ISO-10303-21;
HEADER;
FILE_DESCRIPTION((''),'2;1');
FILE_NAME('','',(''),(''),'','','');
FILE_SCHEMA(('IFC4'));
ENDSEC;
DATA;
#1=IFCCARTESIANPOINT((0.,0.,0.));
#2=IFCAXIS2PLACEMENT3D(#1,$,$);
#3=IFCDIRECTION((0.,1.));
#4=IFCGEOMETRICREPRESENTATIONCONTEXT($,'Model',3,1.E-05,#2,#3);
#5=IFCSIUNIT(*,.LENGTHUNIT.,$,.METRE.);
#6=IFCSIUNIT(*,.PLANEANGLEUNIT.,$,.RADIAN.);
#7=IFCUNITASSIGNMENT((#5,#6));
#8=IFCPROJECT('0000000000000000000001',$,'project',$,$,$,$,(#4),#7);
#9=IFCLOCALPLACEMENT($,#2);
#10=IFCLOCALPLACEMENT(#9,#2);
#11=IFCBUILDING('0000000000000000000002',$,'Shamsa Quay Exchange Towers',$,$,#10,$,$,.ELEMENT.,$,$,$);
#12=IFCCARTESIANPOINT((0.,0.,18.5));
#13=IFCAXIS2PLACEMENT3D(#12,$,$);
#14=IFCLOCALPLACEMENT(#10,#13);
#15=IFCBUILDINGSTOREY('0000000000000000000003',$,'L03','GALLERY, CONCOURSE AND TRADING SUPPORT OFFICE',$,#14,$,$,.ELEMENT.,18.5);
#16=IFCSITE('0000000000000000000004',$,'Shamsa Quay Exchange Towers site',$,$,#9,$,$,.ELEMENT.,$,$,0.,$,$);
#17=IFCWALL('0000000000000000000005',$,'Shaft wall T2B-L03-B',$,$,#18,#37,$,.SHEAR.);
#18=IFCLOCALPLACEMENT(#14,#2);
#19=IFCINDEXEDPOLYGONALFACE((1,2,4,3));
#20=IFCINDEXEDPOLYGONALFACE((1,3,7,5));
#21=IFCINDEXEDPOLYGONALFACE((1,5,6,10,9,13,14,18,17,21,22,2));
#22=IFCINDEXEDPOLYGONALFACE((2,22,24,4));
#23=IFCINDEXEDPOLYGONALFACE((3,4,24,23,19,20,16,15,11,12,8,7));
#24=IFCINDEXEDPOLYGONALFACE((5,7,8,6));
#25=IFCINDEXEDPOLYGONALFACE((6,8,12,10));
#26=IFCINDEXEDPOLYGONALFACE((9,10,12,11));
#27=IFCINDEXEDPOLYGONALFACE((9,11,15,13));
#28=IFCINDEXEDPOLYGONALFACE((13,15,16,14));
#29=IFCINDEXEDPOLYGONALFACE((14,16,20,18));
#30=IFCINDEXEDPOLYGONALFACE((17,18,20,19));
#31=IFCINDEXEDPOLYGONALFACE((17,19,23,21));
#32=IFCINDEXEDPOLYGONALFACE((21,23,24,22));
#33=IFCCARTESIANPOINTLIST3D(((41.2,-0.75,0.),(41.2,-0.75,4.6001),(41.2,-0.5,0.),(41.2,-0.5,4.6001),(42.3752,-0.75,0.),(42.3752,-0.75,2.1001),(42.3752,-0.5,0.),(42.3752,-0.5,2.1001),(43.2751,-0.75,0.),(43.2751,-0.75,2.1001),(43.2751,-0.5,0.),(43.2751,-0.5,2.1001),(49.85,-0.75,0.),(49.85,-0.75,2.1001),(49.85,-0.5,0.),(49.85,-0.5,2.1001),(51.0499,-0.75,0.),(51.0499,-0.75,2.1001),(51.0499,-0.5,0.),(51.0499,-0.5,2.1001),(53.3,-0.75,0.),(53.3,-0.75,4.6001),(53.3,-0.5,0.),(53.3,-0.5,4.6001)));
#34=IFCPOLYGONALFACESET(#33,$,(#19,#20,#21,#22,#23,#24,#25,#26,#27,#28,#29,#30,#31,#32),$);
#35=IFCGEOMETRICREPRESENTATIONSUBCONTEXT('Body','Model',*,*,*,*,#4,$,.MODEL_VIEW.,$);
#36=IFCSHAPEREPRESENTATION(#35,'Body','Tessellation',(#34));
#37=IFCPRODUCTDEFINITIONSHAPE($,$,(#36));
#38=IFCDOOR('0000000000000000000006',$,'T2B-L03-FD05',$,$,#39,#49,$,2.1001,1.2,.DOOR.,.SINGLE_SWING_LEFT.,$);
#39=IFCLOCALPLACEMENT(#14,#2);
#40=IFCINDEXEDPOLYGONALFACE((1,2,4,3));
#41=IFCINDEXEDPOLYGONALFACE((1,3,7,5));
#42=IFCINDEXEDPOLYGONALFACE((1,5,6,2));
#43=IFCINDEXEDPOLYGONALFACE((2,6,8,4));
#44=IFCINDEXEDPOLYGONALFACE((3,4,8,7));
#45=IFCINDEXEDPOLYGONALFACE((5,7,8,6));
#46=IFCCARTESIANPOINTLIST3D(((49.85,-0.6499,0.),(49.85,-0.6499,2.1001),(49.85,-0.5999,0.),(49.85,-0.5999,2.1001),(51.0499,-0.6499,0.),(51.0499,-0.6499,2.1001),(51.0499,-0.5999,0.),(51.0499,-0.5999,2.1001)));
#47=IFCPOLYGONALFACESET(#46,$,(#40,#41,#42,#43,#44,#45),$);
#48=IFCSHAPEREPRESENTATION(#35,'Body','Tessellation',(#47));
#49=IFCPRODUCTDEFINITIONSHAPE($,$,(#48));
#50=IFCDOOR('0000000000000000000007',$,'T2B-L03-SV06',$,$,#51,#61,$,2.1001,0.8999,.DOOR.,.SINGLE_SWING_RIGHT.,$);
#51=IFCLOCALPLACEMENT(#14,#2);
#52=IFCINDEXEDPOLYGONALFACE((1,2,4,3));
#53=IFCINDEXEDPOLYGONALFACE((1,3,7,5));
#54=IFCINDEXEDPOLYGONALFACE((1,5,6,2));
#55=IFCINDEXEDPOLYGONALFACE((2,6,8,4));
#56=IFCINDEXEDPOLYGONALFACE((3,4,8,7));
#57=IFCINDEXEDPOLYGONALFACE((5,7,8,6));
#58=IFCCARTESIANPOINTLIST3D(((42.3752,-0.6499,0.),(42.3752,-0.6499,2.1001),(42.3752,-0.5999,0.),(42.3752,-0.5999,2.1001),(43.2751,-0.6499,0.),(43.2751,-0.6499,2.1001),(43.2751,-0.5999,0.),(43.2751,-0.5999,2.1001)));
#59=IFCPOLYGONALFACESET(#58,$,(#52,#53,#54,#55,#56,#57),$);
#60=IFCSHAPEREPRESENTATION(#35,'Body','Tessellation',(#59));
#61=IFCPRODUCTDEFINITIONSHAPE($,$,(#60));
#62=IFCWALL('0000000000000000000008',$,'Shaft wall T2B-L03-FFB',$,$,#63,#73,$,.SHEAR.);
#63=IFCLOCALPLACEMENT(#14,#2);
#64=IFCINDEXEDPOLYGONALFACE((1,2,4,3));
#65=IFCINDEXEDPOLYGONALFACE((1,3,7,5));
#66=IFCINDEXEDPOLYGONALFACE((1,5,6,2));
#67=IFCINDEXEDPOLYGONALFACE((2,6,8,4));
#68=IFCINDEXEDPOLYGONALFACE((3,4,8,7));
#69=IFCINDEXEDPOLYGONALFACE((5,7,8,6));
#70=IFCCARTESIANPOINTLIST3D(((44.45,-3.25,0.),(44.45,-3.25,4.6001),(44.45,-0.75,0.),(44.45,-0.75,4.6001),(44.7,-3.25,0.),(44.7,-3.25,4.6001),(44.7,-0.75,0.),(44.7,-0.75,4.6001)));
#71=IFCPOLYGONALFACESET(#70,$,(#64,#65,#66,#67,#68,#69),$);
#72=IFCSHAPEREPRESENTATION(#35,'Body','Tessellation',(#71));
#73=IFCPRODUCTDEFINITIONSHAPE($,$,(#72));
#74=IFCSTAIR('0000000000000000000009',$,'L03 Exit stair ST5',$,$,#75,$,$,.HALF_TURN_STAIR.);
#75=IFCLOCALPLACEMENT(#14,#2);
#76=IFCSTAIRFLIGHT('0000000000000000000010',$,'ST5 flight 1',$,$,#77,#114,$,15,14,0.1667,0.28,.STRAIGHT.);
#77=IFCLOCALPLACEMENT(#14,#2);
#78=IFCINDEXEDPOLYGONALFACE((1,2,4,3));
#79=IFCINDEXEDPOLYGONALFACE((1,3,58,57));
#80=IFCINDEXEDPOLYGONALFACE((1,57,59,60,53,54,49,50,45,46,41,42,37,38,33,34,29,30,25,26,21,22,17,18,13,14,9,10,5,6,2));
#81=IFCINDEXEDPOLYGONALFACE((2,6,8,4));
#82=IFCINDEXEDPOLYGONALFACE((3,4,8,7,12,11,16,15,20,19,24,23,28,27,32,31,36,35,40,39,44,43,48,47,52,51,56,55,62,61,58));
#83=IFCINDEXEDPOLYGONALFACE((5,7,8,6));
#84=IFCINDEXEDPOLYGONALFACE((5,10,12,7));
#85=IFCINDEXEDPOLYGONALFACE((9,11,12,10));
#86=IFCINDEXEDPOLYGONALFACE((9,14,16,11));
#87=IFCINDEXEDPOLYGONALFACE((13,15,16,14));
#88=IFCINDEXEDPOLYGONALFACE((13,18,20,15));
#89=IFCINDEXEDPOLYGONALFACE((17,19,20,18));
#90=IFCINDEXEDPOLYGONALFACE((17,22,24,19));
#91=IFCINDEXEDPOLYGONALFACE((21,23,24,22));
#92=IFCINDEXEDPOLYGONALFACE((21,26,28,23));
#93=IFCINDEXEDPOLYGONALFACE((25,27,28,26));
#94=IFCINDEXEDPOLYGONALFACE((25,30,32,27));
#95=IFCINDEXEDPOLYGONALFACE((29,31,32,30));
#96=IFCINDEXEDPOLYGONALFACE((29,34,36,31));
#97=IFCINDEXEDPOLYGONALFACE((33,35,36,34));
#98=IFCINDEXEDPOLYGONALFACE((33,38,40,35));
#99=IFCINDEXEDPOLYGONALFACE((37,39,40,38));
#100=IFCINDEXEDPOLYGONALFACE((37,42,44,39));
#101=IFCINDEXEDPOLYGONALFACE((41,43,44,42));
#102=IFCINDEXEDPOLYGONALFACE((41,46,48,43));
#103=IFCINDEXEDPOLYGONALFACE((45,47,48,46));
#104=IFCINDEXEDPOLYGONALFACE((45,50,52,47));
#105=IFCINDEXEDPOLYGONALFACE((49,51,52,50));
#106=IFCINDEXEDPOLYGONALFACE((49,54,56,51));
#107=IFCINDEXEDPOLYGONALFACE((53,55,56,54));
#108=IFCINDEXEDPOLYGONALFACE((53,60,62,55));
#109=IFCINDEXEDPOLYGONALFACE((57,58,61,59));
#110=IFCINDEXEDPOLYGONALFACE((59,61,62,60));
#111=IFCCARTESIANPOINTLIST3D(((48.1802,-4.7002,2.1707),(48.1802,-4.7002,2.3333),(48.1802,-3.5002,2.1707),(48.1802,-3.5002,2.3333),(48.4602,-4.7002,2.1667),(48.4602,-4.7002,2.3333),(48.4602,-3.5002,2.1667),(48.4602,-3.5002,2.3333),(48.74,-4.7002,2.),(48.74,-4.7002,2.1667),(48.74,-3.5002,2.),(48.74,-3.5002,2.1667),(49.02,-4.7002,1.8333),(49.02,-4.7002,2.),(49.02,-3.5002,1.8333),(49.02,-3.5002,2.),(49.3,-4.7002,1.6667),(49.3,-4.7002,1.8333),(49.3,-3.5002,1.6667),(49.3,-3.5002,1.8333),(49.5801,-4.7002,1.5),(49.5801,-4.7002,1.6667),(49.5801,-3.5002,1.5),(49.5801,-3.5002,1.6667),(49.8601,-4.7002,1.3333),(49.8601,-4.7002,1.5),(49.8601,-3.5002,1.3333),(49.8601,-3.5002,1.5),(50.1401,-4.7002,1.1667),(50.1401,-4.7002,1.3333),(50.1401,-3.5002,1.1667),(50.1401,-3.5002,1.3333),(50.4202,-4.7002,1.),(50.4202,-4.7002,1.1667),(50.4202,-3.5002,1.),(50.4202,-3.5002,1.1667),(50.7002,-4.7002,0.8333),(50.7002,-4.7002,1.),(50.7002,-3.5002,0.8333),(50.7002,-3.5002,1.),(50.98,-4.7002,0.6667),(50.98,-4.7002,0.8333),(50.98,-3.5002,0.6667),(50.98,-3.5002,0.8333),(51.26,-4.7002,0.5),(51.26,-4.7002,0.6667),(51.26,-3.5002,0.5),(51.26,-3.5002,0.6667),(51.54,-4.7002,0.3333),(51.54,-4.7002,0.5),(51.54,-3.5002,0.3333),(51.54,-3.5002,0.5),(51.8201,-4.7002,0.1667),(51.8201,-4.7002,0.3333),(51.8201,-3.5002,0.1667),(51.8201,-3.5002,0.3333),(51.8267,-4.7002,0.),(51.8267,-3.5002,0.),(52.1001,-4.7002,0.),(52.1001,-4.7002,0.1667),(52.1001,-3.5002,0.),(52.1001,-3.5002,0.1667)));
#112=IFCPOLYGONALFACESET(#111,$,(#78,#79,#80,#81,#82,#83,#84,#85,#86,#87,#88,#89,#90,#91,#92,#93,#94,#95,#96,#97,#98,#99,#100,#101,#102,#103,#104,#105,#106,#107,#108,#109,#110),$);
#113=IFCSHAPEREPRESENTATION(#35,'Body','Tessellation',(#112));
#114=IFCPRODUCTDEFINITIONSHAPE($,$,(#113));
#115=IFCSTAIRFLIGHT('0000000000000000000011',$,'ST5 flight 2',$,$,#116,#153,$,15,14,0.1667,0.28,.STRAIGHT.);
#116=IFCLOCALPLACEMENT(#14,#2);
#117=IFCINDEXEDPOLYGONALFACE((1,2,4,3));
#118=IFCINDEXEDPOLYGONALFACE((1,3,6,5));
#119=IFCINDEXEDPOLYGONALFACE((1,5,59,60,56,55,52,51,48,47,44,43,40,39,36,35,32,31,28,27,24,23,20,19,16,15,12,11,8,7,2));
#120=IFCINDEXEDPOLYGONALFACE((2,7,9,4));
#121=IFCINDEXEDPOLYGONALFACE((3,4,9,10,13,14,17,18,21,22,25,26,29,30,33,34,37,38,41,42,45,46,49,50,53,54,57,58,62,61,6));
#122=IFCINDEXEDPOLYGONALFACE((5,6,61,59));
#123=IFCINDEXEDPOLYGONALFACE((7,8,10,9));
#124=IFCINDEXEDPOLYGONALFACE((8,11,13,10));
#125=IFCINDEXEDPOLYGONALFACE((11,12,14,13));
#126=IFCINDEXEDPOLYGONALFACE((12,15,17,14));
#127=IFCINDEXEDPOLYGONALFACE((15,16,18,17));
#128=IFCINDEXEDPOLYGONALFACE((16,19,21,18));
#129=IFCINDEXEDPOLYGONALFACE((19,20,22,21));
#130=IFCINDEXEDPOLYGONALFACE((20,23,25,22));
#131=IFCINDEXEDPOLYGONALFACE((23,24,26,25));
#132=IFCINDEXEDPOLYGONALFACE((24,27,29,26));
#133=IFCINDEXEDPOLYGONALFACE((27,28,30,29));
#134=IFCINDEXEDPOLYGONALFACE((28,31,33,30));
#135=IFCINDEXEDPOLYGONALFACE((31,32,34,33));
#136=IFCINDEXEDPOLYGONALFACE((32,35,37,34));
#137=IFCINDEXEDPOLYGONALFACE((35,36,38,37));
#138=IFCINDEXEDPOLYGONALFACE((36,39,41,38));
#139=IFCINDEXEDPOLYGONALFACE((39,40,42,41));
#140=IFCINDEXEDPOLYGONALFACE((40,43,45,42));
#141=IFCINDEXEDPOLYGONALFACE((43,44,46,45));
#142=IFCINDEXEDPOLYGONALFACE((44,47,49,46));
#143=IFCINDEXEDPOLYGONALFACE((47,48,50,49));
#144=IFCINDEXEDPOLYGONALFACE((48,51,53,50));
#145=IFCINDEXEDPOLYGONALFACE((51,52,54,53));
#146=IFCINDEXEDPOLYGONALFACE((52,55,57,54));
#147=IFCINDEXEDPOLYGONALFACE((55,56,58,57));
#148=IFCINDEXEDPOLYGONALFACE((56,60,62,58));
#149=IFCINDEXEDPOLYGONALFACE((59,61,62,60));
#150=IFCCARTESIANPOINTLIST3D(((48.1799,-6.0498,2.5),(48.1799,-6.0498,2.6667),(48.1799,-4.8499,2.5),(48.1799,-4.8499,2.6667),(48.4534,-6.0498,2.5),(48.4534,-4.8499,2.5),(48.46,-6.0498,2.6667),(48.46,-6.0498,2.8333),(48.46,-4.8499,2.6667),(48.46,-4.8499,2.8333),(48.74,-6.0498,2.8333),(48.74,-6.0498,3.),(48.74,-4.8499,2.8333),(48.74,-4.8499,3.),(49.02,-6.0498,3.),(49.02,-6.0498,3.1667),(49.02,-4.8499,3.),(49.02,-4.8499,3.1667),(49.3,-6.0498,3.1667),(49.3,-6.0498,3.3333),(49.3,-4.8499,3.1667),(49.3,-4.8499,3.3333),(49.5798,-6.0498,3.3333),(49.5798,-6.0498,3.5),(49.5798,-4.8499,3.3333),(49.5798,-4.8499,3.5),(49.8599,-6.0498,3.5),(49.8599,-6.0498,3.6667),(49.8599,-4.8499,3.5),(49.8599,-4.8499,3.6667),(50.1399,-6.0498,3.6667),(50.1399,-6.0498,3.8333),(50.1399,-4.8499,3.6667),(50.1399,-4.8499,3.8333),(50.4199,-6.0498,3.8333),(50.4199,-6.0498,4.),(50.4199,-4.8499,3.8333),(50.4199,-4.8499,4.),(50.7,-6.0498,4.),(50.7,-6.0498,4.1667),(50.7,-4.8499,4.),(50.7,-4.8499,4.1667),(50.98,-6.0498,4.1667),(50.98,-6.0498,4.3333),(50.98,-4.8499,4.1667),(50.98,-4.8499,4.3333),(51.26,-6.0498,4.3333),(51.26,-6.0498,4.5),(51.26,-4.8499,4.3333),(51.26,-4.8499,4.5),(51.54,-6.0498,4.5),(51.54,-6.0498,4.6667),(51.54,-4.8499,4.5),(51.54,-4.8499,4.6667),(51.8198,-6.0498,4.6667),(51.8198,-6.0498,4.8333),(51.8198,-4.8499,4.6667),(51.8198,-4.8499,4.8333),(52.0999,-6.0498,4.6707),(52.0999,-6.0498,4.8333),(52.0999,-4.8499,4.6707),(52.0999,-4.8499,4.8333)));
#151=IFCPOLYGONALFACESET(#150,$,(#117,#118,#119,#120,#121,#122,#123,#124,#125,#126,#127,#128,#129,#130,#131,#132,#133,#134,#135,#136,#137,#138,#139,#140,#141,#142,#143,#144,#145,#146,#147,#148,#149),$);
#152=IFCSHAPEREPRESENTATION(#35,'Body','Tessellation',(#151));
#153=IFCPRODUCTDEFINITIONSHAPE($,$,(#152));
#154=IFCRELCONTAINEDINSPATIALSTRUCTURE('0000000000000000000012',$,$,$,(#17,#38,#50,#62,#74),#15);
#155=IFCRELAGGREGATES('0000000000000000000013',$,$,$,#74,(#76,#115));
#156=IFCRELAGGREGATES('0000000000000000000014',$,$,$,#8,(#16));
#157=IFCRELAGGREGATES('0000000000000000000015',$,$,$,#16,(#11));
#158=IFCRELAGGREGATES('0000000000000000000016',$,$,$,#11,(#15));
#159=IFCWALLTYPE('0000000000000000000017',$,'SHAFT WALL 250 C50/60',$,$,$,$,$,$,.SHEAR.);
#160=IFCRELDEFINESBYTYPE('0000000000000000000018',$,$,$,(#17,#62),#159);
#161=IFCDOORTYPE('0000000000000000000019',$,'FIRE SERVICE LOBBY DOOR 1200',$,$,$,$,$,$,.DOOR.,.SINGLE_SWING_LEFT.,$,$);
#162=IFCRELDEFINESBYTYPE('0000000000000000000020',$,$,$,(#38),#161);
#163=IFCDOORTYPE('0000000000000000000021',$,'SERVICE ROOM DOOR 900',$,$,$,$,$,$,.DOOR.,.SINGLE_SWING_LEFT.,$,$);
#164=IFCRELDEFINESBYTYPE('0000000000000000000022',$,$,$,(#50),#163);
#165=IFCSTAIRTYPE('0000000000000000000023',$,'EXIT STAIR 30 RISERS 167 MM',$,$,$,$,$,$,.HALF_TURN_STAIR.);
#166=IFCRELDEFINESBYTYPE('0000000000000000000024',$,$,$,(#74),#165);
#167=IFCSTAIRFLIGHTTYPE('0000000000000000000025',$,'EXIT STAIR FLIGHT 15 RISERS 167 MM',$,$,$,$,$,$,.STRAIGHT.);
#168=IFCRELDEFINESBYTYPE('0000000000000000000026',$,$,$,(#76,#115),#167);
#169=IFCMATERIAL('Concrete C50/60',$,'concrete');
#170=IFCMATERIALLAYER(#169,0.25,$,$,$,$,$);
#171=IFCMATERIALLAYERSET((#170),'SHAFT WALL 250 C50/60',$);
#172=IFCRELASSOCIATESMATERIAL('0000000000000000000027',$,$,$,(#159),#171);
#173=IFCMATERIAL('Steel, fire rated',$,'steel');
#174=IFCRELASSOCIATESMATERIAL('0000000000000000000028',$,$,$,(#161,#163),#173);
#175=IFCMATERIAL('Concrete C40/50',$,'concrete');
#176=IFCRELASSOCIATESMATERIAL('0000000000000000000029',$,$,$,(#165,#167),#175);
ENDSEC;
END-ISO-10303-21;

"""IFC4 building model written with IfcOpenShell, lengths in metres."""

from ifc_helpers import new_model, si_unit, direction, frame, frame_2d, origin, place, context, subcontext, project, spatial, polyline, rectangle, outline, extrude, material, layer, layer_set, type_object, element, fill, aggregate, save


model = new_model("IFC4")

# Units and contexts
model_context = context("Model", 3, precision=1e-05, world=origin(), true_north=direction((0.0, 1.0)))
body_context = subcontext(model_context, "Body", "Model", "MODEL_VIEW")
ifc_project = project(units=[si_unit("LENGTHUNIT", "METRE"), si_unit("PLANEANGLEUNIT", "RADIAN")], contexts=[model_context])

# Site, building, storey
site_placement = place(None, origin())
site = spatial("IfcSite", under=ifc_project, at=site_placement, Name="Shamsa Quay Exchange Towers site", CompositionType="ELEMENT", RefElevation=0.0)
building_placement = place(site_placement, origin())
building = spatial("IfcBuilding", under=site, at=building_placement, Name="Shamsa Quay Exchange Towers", CompositionType="ELEMENT")
storey_placement = place(building_placement, frame((0.0, 0.0, 18.5)))
storey = spatial("IfcBuildingStorey", under=building, at=storey_placement, Name="L03", Description="GALLERY, CONCOURSE AND TRADING SUPPORT OFFICE", CompositionType="ELEMENT", Elevation=18.5)

# Shared definitions
ifc_material_1 = material(Name="Steel, fire rated", Category="steel")

# Shared definitions
ifc_material_2 = material(Name="Concrete C50/60", Category="concrete")
ifc_layer_1 = layer(ifc_material_2, 0.25)
ifc_layer_set_1 = layer_set([ifc_layer_1], Name="SHAFT WALL 250 C50/60")
wall_type_1 = type_object("IfcWallType", Name="SHAFT WALL 250 C50/60", PredefinedType="SHEAR", material=ifc_layer_set_1)

# Wall, openings, doors
wall_1_placement = place(storey_placement, frame((53.3, -0.625, 0.0), z_axis=(0.0, 0.0, 1.0), x_axis=(-1.0, 0.0, 0.0)))
wall_1 = element("IfcWall", 1, at=wall_1_placement, inside=storey, type_object=wall_type_1, Name="Shaft wall T2B-L03-B", PredefinedType="SHEAR", context=body_context, shape_type="SweptSolid", body=[
    extrude(rectangle(XDim=12.1001, YDim=0.25, at=frame_2d((6.05, 0.0))), origin(), (0.0, 0.0, 1.0), 4.6001),
])
opening_1_placement = place(wall_1_placement, frame((2.25, 0.0, 0.0)))
opening_1 = element("IfcOpeningElement", 2, at=opening_1_placement, cuts=wall_1, PredefinedType="OPENING", context=body_context, shape_type="SweptSolid", body=[
    extrude(rectangle(XDim=1.2, YDim=2.1001, at=frame_2d((0.6001, 1.05))), frame((0.0, 0.135, 0.0), z_axis=(0.0, -1.0, 0.0), x_axis=(1.0, 0.0, 0.0)), (0.0, 0.0, 1.0), 0.27),
])
opening_2_placement = place(wall_1_placement, frame((10.0249, 0.0, 0.0)))
opening_2 = element("IfcOpeningElement", 3, at=opening_2_placement, cuts=wall_1, PredefinedType="OPENING", context=body_context, shape_type="SweptSolid", body=[
    extrude(rectangle(XDim=0.8999, YDim=2.1001, at=frame_2d((0.45, 1.05))), frame((0.0, 0.135, 0.0), z_axis=(0.0, -1.0, 0.0), x_axis=(1.0, 0.0, 0.0)), (0.0, 0.0, 1.0), 0.27),
])
door_type_1 = type_object("IfcDoorType", Name="FIRE SERVICE LOBBY DOOR 1200", OperationType="SINGLE_SWING_LEFT", PredefinedType="DOOR", material=ifc_material_1)
door_1_placement = place(opening_1_placement, origin())
door_1 = element("IfcDoor", 4, at=door_1_placement, inside=storey, type_object=door_type_1, Name="T2B-L03-FD05", OperationType="SINGLE_SWING_LEFT", OverallHeight=2.1001, OverallWidth=1.2, PredefinedType="DOOR", context=body_context, shape_type="SweptSolid", body=[
    extrude(rectangle(XDim=1.2, YDim=2.1001, at=frame_2d((0.6001, 1.05))), frame((0.0, 0.0249, 0.0), z_axis=(0.0, -1.0, 0.0), x_axis=(1.0, 0.0, 0.0)), (0.0, 0.0, 1.0), 0.05),
])
fill(opening_1, door_1)
door_type_2 = type_object("IfcDoorType", Name="SERVICE ROOM DOOR 900", OperationType="SINGLE_SWING_LEFT", PredefinedType="DOOR", material=ifc_material_1)
door_2_placement = place(opening_2_placement, origin())
door_2 = element("IfcDoor", 5, at=door_2_placement, inside=storey, type_object=door_type_2, Name="T2B-L03-SV06", OperationType="SINGLE_SWING_RIGHT", OverallHeight=2.1001, OverallWidth=0.8999, PredefinedType="DOOR", context=body_context, shape_type="SweptSolid", body=[
    extrude(rectangle(XDim=0.8999, YDim=2.1001, at=frame_2d((0.45, 1.05))), frame((0.0, 0.0249, 0.0), z_axis=(0.0, -1.0, 0.0), x_axis=(1.0, 0.0, 0.0)), (0.0, 0.0, 1.0), 0.05),
])
fill(opening_2, door_2)

# Wall
wall_2_placement = place(storey_placement, frame((44.575, -3.25, 0.0), z_axis=(0.0, 0.0, 1.0), x_axis=(0.0, 1.0, 0.0)))
element("IfcWall", 6, at=wall_2_placement, inside=storey, type_object=wall_type_1, Name="Shaft wall T2B-L03-FFB", PredefinedType="SHEAR", context=body_context, shape_type="SweptSolid", body=[
    extrude(rectangle(XDim=2.5, YDim=0.25, at=frame_2d((1.25, 0.0))), origin(), (0.0, 0.0, 1.0), 4.6001),
])

# Stair, stair flights
ifc_material_3 = material(Name="Concrete C40/50", Category="concrete")
stair_type = type_object("IfcStairType", Name="EXIT STAIR 30 RISERS 167 MM", PredefinedType="HALF_TURN_STAIR", material=ifc_material_3)
stair_placement = place(storey_placement, origin())
stair = element("IfcStair", 7, at=stair_placement, inside=storey, type_object=stair_type, Name="L03 Exit stair ST5", PredefinedType="HALF_TURN_STAIR")
stair_flight_type = type_object("IfcStairFlightType", Name="EXIT STAIR FLIGHT 15 RISERS 167 MM", PredefinedType="STRAIGHT", material=ifc_material_3)
stair_flight_1_placement = place(storey_placement, frame((52.1001, -4.1001, 0.0), z_axis=(0.0, 0.0, 1.0), x_axis=(-1.0, 0.0, 0.0)))
stair_flight_1 = element("IfcStairFlight", 8, at=stair_flight_1_placement, type_object=stair_flight_type, Name="ST5 flight 1", NumberOfRisers=15, NumberOfTreads=14, PredefinedType="STRAIGHT", RiserHeight=0.1667, TreadLength=0.28, context=body_context, shape_type="SweptSolid", body=[
    extrude(outline(polyline([(0.0, 0.0), (0.0, 0.1667), (0.28, 0.1667), (0.28, 0.3333), (0.5601, 0.3333), (0.5601, 0.5), (0.8401, 0.5), (0.8401, 0.6667), (1.1201, 0.6667), (1.1201, 0.8333), (1.3999, 0.8333), (1.3999, 1.0), (1.6799, 1.0), (1.6799, 1.1667), (1.96, 1.1667), (1.96, 1.3333), (2.24, 1.3333), (2.24, 1.5), (2.52, 1.5), (2.52, 1.6667), (2.8, 1.6667), (2.8, 1.8333), (3.0801, 1.8333), (3.0801, 2.0), (3.3601, 2.0), (3.3601, 2.1667), (3.6399, 2.1667), (3.6399, 2.3333), (3.9199, 2.3333), (3.9199, 2.5), (3.9199, 2.1707), (0.2734, 0.0), (0.0, 0.0)])), frame((0.0, 0.6001, 0.0), z_axis=(0.0, -1.0, 0.0), x_axis=(1.0, 0.0, 0.0)), (0.0, 0.0, 1.0), 1.2),
])
stair_flight_2_placement = place(storey_placement, frame((48.1799, -5.45, 2.5)))
stair_flight_2 = element("IfcStairFlight", 9, at=stair_flight_2_placement, type_object=stair_flight_type, Name="ST5 flight 2", NumberOfRisers=15, NumberOfTreads=14, PredefinedType="STRAIGHT", RiserHeight=0.1667, TreadLength=0.28, context=body_context, shape_type="SweptSolid", body=[
    extrude(outline(polyline([(0.0, 0.0), (0.0, 0.1667), (0.28, 0.1667), (0.28, 0.3333), (0.5601, 0.3333), (0.5601, 0.5), (0.8401, 0.5), (0.8401, 0.6667), (1.1201, 0.6667), (1.1201, 0.8333), (1.3999, 0.8333), (1.3999, 1.0), (1.6799, 1.0), (1.6799, 1.1667), (1.96, 1.1667), (1.96, 1.3333), (2.24, 1.3333), (2.24, 1.5), (2.52, 1.5), (2.52, 1.6667), (2.8, 1.6667), (2.8, 1.8333), (3.0801, 1.8333), (3.0801, 2.0), (3.3601, 2.0), (3.3601, 2.1667), (3.6399, 2.1667), (3.6399, 2.3333), (3.9199, 2.3333), (3.9199, 2.5), (3.9199, 2.1707), (0.2734, 0.0), (0.0, 0.0)])), frame((0.0, 0.6001, 0.0), z_axis=(0.0, -1.0, 0.0), x_axis=(1.0, 0.0, 0.0)), (0.0, 0.0, 1.0), 1.2),
])
aggregate(stair, [stair_flight_1, stair_flight_2])

save(model, "model.ifc")
